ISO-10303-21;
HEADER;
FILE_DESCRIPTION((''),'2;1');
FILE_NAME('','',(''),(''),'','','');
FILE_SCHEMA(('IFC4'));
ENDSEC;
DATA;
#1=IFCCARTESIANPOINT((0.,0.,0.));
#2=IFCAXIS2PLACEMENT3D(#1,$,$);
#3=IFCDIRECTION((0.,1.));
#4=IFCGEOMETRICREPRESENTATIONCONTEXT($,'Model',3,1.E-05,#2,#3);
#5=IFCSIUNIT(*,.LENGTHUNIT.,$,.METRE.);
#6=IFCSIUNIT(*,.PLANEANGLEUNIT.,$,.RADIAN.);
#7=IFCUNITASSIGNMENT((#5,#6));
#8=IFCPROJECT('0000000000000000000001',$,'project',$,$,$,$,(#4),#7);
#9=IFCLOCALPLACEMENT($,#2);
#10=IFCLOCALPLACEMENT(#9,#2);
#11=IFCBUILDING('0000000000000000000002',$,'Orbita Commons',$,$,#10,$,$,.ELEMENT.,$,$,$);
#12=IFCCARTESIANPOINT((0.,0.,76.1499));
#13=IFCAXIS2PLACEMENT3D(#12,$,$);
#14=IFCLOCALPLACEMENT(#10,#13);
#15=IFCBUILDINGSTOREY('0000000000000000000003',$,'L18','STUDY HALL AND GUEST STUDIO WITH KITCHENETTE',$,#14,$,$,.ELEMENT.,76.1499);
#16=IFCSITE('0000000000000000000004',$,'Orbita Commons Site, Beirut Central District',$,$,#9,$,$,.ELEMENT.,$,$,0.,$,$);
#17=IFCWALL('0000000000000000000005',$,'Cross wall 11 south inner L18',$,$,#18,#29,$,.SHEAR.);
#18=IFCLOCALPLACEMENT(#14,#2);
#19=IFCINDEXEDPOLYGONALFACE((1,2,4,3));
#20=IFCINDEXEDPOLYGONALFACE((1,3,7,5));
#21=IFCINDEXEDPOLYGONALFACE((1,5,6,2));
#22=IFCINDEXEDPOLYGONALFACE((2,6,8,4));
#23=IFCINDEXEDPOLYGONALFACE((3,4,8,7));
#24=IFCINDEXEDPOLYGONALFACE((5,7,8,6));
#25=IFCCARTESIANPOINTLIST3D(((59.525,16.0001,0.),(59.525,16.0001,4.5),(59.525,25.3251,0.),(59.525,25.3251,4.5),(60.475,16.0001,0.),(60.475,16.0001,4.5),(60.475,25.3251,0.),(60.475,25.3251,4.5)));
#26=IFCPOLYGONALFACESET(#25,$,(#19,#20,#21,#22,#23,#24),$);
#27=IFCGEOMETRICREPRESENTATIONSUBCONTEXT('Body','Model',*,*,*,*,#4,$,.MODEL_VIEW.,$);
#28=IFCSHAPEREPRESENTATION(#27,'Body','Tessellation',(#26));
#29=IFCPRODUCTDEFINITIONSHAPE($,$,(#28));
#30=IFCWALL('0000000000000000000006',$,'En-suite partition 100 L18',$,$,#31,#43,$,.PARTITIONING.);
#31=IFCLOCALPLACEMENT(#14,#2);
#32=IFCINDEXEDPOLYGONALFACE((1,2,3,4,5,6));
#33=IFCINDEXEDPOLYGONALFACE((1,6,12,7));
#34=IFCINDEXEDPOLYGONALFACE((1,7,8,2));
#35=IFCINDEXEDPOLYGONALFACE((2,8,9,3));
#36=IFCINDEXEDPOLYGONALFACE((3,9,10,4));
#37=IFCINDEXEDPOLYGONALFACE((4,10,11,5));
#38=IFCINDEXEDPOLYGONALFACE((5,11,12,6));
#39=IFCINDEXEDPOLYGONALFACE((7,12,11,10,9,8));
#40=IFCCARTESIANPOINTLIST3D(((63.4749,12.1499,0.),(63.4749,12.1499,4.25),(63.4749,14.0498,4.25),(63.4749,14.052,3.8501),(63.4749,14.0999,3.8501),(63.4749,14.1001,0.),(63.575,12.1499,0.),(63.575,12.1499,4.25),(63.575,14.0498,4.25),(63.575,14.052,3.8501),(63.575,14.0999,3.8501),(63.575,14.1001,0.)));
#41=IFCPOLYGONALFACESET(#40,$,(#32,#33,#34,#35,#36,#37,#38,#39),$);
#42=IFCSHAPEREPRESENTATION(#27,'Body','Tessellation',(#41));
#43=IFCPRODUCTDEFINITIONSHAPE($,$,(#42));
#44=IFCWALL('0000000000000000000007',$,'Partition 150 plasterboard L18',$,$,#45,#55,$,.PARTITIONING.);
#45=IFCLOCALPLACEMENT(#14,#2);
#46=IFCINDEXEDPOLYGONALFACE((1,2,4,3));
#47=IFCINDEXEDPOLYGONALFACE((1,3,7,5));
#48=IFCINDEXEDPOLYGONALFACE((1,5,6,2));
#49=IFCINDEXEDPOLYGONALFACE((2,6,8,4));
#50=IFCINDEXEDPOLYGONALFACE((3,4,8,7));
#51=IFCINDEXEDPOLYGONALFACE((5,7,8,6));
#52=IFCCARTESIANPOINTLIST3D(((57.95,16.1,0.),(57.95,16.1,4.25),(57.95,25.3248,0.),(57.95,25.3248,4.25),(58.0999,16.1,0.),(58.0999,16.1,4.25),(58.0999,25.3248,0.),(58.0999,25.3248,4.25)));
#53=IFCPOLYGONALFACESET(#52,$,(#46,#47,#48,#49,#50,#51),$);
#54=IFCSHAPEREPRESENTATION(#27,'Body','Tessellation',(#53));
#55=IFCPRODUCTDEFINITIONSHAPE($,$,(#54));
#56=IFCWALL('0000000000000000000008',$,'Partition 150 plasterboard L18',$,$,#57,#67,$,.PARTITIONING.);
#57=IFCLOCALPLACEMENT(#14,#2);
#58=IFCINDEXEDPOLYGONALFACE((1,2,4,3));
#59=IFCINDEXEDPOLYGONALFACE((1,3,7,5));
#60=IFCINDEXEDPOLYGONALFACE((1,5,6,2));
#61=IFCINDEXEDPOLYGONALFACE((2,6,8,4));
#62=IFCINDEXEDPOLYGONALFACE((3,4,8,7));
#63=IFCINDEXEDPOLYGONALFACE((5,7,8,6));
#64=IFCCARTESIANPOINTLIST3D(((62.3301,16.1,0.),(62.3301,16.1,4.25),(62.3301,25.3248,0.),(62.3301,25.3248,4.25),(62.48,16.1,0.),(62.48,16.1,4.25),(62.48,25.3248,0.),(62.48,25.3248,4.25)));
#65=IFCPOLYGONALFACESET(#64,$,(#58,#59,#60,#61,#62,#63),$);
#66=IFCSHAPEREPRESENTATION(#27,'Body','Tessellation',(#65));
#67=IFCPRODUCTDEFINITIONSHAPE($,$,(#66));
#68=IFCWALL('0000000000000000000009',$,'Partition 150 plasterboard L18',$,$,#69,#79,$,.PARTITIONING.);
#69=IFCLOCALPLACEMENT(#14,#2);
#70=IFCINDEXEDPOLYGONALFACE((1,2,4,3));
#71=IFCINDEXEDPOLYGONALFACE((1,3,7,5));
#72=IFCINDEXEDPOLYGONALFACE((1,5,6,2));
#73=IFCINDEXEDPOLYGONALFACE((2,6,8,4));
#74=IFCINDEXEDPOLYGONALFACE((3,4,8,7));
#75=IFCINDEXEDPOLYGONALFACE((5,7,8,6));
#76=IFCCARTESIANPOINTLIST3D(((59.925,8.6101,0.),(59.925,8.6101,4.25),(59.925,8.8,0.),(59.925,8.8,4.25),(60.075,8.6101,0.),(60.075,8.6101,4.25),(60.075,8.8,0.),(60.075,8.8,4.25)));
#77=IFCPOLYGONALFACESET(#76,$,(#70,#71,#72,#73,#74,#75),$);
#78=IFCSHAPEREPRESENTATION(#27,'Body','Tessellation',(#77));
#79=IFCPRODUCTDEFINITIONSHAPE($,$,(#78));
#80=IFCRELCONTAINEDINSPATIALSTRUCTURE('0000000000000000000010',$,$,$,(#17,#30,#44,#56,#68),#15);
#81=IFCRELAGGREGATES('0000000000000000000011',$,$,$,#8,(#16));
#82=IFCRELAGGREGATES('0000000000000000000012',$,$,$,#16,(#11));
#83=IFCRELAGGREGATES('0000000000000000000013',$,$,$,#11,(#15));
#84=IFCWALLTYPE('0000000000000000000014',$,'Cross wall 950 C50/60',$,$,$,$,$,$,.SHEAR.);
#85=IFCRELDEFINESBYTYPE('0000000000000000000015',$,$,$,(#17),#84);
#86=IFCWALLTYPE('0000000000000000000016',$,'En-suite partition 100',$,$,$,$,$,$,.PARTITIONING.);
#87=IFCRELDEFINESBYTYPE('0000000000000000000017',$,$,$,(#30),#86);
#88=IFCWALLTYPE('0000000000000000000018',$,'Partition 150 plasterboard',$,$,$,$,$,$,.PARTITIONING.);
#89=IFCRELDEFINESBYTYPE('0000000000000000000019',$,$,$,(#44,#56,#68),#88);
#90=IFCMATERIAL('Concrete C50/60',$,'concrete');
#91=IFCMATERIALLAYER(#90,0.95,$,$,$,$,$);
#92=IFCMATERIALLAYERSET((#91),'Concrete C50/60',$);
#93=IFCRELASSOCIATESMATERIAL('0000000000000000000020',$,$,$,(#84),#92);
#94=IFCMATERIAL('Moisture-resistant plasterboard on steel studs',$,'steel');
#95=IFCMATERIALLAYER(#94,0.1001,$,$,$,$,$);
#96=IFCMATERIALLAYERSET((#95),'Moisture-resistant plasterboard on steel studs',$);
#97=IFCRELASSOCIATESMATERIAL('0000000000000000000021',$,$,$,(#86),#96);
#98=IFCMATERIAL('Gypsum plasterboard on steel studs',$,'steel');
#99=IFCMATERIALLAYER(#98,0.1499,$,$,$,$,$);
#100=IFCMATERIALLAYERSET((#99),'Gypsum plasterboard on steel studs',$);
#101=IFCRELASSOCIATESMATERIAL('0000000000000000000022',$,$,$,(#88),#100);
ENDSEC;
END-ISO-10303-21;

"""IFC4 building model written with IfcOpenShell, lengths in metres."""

from ifc_helpers import new_model, si_unit, direction, frame, frame_2d, origin, place, context, subcontext, project, spatial, polyline, rectangle, outline, extrude, material, layer, layer_set, type_object, element, save


model = new_model("IFC4")

# Units and contexts
model_context = context("Model", 3, precision=1e-05, world=origin(), true_north=direction((0.0, 1.0)))
body_context = subcontext(model_context, "Body", "Model", "MODEL_VIEW")
ifc_project = project(units=[si_unit("LENGTHUNIT", "METRE"), si_unit("PLANEANGLEUNIT", "RADIAN")], contexts=[model_context])

# Site, building, storey
site_placement = place(None, origin())
site = spatial("IfcSite", under=ifc_project, at=site_placement, Name="Orbita Commons Site, Beirut Central District", CompositionType="ELEMENT", RefElevation=0.0)
building_placement = place(site_placement, origin())
building = spatial("IfcBuilding", under=site, at=building_placement, Name="Orbita Commons", CompositionType="ELEMENT")
storey_placement = place(building_placement, frame((0.0, 0.0, 76.1499)))
storey = spatial("IfcBuildingStorey", under=building, at=storey_placement, Name="L18", Description="STUDY HALL AND GUEST STUDIO WITH KITCHENETTE", CompositionType="ELEMENT", Elevation=76.1499)

# Walls
ifc_material_1 = material(Name="Concrete C50/60", Category="concrete")
ifc_layer_1 = layer(ifc_material_1, 0.95)
ifc_layer_set_1 = layer_set([ifc_layer_1], Name="Concrete C50/60")
wall_type_1 = type_object("IfcWallType", Name="Cross wall 950 C50/60", PredefinedType="SHEAR", material=ifc_layer_set_1)
wall_1_placement = place(storey_placement, frame((60.0, 16.0, 0.0), z_axis=(0.0, 0.0, 1.0), x_axis=(0.0, 1.0, 0.0)))
element("IfcWall", 1, at=wall_1_placement, inside=storey, type_object=wall_type_1, Name="Cross wall 11 south inner L18", PredefinedType="SHEAR", context=body_context, shape_type="SweptSolid", body=[
    extrude(rectangle(XDim=9.325, YDim=0.95, at=frame_2d((4.6626, 0.0))), origin(), (0.0, 0.0, 1.0), 4.5),
])
ifc_material_2 = material(Name="Moisture-resistant plasterboard on steel studs", Category="steel")
ifc_layer_2 = layer(ifc_material_2, 0.1001)
ifc_layer_set_2 = layer_set([ifc_layer_2], Name="Moisture-resistant plasterboard on steel studs")
wall_type_2 = type_object("IfcWallType", Name="En-suite partition 100", PredefinedType="PARTITIONING", material=ifc_layer_set_2)
wall_2_placement = place(storey_placement, frame((63.5249, 12.1499, 0.0), z_axis=(0.0, 0.0, 1.0), x_axis=(0.0, 1.0, 0.0)))
element("IfcWall", 2, at=wall_2_placement, inside=storey, type_object=wall_type_2, Name="En-suite partition 100 L18", PredefinedType="PARTITIONING", context=body_context, shape_type="SweptSolid", body=[
    extrude(outline(polyline([(0.0, 0.0), (1.9502, 0.0), (1.95, 3.8501), (1.9021, 3.8501), (1.8999, 4.25), (0.0, 4.25), (0.0, 0.0)])), frame((0.0, 0.05, 0.0), z_axis=(0.0, -1.0, 0.0), x_axis=(1.0, 0.0, 0.0)), (0.0, 0.0, 1.0), 0.1001),
])
ifc_material_3 = material(Name="Gypsum plasterboard on steel studs", Category="steel")
ifc_layer_3 = layer(ifc_material_3, 0.1499)
ifc_layer_set_3 = layer_set([ifc_layer_3], Name="Gypsum plasterboard on steel studs")
wall_type_3 = type_object("IfcWallType", Name="Partition 150 plasterboard", PredefinedType="PARTITIONING", material=ifc_layer_set_3)
for number, where, z_axis, x_axis, name in (
    (3, (58.0249, 16.1001, 0.0), (0.0, 0.0, 1.0), (0.0, 1.0, 0.0), "Partition 150 plasterboard L18"),
    (4, (62.405, 16.1001, 0.0), (0.0, 0.0, 1.0), (0.0, 1.0, 0.0), "Partition 150 plasterboard L18"),
):
    element("IfcWall", number, at=place(storey_placement, frame(where, z_axis=z_axis, x_axis=x_axis)), inside=storey, type_object=wall_type_3, Name=name, PredefinedType="PARTITIONING", context=body_context, shape_type="SweptSolid", body=[
        extrude(rectangle(XDim=9.2249, YDim=0.1499, at=frame_2d((4.6123, 0.0))), origin(), (0.0, 0.0, 1.0), 4.25),
    ])
wall_3_placement = place(storey_placement, frame((60.0, 8.8, 0.0), z_axis=(0.0, 0.0, 1.0), x_axis=(0.0, -1.0, 0.0)))
element("IfcWall", 5, at=wall_3_placement, inside=storey, type_object=wall_type_3, Name="Partition 150 plasterboard L18", PredefinedType="PARTITIONING", context=body_context, shape_type="SweptSolid", body=[
    extrude(rectangle(XDim=0.1899, YDim=0.1499, at=frame_2d((0.095, 0.0))), origin(), (0.0, 0.0, 1.0), 4.25),
])

save(model, "model.ifc")
